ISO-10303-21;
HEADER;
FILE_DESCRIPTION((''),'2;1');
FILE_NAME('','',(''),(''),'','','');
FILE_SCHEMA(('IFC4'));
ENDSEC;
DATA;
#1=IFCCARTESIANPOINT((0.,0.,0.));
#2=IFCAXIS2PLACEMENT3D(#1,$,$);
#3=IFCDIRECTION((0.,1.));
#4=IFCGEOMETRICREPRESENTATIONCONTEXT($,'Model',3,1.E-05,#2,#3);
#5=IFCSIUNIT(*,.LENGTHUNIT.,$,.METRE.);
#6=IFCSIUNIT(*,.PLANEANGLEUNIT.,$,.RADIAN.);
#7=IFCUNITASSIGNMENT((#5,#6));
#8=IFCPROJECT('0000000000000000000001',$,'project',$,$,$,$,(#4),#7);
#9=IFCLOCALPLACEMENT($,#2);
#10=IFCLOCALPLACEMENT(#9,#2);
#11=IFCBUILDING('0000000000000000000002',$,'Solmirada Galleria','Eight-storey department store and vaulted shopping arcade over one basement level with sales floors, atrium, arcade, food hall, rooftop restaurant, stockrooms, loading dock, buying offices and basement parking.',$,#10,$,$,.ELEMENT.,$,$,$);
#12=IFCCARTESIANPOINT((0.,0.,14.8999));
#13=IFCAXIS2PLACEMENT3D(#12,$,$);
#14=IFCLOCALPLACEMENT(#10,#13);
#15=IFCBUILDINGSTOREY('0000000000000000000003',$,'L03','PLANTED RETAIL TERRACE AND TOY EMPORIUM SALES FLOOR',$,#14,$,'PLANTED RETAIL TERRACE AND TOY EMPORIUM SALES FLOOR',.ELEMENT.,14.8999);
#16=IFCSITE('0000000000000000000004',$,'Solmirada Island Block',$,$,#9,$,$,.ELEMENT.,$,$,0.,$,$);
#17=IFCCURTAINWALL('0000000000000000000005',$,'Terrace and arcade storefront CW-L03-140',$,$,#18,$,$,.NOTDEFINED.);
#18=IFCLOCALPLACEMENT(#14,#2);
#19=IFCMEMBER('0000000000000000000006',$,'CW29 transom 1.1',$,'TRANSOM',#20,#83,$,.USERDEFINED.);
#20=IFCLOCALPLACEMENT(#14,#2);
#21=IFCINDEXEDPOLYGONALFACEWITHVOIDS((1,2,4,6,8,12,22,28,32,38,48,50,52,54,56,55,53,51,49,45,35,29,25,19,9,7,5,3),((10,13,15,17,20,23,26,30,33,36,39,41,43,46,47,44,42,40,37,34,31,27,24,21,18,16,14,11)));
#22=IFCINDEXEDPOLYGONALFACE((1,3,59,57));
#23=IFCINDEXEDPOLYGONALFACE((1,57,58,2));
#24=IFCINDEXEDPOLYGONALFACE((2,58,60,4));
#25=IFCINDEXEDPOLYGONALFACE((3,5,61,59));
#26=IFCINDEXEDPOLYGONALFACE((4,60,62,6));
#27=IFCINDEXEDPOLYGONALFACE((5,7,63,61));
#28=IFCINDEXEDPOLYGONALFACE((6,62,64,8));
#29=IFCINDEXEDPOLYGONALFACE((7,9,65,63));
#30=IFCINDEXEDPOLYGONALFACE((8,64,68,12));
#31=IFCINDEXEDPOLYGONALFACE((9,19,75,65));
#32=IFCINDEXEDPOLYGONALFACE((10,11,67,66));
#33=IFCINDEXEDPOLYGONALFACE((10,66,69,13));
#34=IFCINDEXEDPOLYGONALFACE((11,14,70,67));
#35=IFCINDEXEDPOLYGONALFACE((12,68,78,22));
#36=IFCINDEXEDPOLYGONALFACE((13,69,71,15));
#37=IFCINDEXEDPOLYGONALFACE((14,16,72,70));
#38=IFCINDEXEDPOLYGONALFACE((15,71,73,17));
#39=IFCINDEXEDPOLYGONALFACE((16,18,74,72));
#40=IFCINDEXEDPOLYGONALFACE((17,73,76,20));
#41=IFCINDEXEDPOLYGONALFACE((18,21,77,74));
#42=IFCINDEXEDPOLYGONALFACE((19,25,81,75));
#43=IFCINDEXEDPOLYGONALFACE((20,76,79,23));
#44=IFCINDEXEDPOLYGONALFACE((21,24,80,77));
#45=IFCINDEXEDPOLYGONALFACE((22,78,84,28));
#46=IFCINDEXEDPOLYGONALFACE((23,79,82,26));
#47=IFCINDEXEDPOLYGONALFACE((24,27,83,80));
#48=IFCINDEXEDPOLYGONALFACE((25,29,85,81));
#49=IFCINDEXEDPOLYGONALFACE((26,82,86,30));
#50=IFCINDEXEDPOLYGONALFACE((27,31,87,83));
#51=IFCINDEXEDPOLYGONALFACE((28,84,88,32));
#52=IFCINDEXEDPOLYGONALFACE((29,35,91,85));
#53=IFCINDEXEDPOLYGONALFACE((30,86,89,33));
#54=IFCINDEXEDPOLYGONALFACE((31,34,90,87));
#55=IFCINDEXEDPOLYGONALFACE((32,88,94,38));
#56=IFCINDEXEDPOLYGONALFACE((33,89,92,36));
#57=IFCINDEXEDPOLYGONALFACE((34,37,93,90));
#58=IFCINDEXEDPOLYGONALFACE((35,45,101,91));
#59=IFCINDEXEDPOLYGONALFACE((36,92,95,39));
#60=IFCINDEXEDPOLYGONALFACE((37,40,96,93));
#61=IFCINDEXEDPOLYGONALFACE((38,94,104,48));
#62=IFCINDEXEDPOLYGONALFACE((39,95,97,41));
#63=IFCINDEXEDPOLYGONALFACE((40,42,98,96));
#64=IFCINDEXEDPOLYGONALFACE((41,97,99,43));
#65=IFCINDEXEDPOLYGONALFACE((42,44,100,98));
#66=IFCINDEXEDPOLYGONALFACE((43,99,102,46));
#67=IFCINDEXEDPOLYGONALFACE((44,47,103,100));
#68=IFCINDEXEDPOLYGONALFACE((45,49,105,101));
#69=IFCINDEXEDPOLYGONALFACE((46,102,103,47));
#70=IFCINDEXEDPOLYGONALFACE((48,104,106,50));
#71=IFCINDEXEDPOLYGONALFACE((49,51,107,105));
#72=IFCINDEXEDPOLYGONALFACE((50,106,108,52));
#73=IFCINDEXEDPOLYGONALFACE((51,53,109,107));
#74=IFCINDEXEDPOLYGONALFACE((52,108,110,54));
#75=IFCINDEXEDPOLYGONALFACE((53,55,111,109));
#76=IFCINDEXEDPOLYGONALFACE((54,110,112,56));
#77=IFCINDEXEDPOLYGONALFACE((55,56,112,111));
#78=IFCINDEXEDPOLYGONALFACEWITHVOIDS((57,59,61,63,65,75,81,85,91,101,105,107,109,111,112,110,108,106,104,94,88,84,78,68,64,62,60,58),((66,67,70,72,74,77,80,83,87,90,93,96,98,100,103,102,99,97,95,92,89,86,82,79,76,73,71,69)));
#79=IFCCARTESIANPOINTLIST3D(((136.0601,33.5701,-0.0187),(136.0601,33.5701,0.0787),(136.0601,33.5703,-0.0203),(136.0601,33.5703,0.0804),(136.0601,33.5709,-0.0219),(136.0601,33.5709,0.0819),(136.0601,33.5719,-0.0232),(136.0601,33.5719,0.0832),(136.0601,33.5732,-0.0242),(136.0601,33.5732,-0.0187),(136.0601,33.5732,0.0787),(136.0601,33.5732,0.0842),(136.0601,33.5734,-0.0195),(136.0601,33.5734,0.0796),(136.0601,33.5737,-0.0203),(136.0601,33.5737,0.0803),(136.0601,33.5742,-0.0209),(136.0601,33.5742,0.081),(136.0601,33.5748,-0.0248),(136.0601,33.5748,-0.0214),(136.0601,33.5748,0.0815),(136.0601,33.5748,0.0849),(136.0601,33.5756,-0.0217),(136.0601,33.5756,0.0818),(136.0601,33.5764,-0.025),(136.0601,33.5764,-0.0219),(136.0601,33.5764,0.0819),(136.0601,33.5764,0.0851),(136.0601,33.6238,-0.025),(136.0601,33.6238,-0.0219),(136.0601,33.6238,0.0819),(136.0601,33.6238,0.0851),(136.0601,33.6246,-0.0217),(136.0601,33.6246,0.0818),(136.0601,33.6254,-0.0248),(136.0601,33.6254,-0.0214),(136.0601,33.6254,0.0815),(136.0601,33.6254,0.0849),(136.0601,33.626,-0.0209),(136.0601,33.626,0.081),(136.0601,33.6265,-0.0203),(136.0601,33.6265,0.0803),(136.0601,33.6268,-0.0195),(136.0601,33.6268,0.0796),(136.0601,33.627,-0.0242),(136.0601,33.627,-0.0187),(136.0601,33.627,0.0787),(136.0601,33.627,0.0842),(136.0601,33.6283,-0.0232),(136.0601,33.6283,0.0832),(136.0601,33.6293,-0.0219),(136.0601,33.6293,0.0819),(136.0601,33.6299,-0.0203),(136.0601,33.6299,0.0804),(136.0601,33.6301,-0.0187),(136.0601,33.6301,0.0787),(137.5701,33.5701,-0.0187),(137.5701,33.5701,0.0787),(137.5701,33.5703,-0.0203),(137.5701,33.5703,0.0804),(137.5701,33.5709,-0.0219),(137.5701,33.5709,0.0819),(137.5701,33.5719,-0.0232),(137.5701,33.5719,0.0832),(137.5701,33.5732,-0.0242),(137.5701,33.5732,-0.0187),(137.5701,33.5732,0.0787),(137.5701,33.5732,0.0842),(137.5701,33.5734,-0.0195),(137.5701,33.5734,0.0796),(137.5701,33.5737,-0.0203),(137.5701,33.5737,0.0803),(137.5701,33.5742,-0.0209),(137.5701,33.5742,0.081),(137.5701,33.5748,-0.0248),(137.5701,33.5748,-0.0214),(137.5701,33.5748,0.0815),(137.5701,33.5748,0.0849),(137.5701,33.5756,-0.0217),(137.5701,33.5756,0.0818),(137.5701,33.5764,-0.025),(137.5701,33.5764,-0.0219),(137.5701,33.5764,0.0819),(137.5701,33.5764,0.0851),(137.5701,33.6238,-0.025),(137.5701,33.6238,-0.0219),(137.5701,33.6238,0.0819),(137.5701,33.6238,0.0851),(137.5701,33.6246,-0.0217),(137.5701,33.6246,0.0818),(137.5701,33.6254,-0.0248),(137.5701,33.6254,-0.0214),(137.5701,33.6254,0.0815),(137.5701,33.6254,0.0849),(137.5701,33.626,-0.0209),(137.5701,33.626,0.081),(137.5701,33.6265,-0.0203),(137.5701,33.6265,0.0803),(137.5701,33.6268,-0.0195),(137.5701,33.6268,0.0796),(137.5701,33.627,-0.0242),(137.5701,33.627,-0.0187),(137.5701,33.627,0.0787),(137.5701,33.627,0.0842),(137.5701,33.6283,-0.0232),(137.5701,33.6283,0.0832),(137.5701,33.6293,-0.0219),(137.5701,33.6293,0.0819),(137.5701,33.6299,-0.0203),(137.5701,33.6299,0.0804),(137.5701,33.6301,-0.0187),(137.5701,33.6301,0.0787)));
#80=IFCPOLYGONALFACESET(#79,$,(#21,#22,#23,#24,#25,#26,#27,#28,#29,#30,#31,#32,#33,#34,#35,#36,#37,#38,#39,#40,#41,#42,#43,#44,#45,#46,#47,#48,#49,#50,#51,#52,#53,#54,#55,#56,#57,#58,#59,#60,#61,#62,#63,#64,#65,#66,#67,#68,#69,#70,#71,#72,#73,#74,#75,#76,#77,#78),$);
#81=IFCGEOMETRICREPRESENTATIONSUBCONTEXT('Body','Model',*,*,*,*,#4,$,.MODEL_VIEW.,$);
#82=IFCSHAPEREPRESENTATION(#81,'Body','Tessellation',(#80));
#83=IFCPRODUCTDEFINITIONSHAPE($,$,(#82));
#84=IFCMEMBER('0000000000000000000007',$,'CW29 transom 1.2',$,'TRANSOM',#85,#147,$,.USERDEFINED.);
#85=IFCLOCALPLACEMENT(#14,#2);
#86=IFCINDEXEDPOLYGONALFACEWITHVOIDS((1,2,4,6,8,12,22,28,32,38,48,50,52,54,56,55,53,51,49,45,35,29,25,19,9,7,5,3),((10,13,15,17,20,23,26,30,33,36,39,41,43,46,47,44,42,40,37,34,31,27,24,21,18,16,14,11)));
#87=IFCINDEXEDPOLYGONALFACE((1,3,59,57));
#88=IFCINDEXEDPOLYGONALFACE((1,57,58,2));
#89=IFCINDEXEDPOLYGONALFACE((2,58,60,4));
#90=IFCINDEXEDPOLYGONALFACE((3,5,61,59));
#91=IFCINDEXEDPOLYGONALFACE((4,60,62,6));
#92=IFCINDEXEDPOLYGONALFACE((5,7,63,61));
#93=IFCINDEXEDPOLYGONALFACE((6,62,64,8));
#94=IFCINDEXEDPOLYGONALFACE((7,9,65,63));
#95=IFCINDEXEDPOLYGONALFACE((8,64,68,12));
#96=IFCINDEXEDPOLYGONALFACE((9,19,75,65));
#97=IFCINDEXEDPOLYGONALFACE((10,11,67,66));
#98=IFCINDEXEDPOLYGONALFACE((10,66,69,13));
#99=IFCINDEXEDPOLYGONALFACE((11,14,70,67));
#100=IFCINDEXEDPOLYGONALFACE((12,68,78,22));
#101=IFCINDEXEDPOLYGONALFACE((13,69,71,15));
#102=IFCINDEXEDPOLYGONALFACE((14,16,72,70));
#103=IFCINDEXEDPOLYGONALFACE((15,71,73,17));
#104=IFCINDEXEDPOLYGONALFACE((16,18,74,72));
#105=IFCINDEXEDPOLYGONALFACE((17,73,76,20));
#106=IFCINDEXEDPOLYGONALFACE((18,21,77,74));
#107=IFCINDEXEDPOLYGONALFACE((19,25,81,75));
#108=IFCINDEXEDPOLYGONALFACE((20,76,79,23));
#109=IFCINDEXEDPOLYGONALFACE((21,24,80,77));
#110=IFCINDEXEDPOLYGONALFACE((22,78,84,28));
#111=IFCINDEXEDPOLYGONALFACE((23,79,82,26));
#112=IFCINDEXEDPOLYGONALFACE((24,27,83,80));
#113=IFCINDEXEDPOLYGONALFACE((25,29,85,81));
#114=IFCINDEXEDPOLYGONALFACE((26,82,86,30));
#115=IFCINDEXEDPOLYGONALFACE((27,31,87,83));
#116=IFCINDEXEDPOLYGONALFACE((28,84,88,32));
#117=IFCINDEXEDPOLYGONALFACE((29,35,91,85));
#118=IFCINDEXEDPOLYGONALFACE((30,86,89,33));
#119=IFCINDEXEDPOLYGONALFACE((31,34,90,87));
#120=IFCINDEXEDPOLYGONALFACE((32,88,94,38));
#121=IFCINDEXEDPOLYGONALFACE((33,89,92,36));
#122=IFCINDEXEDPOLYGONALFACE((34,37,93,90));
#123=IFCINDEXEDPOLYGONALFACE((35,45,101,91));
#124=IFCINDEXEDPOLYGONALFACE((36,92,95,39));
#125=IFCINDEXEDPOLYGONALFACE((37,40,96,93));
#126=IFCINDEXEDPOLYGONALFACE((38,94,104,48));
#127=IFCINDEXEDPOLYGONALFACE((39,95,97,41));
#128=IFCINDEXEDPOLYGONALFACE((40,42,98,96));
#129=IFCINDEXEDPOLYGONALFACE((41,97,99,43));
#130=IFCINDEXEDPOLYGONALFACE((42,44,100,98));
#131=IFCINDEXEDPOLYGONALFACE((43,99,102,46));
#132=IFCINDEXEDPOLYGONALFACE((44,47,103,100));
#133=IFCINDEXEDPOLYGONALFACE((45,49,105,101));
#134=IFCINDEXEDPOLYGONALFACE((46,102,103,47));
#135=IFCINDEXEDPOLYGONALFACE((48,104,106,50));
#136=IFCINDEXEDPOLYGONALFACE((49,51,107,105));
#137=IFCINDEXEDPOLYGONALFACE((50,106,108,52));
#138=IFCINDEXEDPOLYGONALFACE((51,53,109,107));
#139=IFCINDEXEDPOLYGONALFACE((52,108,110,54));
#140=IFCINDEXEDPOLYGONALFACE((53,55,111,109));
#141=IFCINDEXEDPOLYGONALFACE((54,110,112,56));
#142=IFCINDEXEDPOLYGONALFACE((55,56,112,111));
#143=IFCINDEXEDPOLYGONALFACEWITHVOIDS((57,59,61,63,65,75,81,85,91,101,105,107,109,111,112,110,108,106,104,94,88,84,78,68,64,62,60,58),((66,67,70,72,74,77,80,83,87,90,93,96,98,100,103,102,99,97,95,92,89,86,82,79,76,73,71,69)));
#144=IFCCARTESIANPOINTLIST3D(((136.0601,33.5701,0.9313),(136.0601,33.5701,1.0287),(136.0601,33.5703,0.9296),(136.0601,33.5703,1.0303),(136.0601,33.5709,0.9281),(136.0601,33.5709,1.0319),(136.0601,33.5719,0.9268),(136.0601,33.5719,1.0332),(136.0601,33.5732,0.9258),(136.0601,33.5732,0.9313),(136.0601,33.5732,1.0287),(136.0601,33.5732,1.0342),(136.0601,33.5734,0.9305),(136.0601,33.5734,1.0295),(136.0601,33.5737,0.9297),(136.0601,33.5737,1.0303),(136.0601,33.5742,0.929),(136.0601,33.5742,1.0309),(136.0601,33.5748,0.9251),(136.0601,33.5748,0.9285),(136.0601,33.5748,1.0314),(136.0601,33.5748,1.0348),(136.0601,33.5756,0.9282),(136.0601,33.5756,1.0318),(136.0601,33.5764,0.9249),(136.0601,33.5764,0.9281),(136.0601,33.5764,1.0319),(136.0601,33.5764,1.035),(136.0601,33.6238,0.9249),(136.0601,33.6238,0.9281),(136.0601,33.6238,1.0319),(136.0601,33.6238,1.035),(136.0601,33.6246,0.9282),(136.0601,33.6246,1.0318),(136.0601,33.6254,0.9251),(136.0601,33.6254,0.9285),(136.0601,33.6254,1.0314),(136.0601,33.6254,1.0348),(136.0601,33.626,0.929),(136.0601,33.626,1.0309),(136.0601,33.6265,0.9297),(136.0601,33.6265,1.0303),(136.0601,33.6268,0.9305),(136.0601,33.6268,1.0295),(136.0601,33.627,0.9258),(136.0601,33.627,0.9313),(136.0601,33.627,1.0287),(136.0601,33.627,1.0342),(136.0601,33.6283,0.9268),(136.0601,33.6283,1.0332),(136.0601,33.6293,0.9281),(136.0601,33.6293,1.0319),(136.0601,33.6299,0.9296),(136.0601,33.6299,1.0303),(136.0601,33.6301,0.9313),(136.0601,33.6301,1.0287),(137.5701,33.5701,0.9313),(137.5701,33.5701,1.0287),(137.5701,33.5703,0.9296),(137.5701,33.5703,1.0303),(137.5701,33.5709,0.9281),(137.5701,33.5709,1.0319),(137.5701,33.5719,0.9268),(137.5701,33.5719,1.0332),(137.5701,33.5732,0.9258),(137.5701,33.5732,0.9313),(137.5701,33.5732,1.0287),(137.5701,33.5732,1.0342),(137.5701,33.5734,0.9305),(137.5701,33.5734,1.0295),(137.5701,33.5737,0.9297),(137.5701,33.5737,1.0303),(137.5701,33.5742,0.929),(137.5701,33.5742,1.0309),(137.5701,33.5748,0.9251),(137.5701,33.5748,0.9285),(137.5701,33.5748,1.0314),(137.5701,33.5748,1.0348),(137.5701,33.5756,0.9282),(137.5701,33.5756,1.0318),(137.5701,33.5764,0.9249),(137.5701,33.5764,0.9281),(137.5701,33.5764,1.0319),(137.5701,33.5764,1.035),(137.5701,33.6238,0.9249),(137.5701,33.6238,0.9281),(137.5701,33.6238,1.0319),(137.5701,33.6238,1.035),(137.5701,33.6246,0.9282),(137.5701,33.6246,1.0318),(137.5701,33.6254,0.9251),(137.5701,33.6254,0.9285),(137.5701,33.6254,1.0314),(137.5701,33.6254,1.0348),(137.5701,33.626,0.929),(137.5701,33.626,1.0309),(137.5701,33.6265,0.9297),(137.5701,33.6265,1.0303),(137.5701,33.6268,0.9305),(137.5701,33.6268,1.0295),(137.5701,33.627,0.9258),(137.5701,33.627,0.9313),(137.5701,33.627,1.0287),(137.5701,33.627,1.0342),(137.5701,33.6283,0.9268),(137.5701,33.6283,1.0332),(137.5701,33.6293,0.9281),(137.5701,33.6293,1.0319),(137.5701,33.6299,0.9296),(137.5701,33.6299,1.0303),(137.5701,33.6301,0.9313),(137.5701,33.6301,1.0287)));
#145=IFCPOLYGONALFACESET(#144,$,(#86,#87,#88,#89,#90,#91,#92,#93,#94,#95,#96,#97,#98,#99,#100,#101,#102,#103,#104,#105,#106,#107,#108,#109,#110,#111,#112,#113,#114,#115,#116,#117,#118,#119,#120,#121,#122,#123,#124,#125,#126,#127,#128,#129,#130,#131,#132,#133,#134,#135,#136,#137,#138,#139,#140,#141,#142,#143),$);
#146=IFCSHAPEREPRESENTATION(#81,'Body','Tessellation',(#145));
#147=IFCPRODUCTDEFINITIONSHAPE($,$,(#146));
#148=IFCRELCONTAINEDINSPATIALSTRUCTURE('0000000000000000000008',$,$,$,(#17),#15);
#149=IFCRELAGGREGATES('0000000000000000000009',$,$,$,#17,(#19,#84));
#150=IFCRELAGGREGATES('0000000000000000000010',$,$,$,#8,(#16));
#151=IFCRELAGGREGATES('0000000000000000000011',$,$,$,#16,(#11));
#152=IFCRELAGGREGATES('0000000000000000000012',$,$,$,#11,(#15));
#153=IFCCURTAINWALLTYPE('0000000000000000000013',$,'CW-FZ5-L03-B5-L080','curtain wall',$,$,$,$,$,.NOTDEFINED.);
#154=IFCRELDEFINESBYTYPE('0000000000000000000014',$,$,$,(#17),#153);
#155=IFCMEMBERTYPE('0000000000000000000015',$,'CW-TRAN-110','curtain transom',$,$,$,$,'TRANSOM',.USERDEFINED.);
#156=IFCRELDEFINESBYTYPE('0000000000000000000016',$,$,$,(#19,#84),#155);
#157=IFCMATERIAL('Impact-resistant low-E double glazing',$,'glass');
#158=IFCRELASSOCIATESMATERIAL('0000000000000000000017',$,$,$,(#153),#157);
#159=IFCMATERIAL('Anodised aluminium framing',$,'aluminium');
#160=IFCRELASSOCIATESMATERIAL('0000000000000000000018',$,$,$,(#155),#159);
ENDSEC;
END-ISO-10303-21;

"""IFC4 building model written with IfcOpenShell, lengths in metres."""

from ifc_helpers import new_model, si_unit, direction, frame, origin, origin_2d, place, context, subcontext, project, spatial, hollow_rectangle, extrude, material, material_profile, profile_set, type_object, element, aggregate, save


model = new_model("IFC4")

# Units and contexts
model_context = context("Model", 3, precision=1e-05, world=origin(), true_north=direction((0.0, 1.0)))
body_context = subcontext(model_context, "Body", "Model", "MODEL_VIEW")
ifc_project = project(units=[si_unit("LENGTHUNIT", "METRE"), si_unit("PLANEANGLEUNIT", "RADIAN")], contexts=[model_context])

# Site, building, storey
site_placement = place(None, origin())
site = spatial("IfcSite", under=ifc_project, at=site_placement, Name="Solmirada Island Block", CompositionType="ELEMENT", RefElevation=0.0)
building_placement = place(site_placement, origin())
building = spatial("IfcBuilding", under=site, at=building_placement, Name="Solmirada Galleria", Description="Eight-storey department store and vaulted shopping arcade over one basement level with sales floors, atrium, arcade, food hall, rooftop restaurant, stockrooms, loading dock, buying offices and basement parking.", CompositionType="ELEMENT")
storey_placement = place(building_placement, frame((0.0, 0.0, 14.8999)))
storey = spatial("IfcBuildingStorey", under=building, at=storey_placement, Name="L03", Description="PLANTED RETAIL TERRACE AND TOY EMPORIUM SALES FLOOR", LongName="PLANTED RETAIL TERRACE AND TOY EMPORIUM SALES FLOOR", CompositionType="ELEMENT", Elevation=14.8999)

# Curtain wall
ifc_material_1 = material(Name="Impact-resistant low-E double glazing", Category="glass")
curtain_wall_type = type_object("IfcCurtainWallType", Name="CW-FZ5-L03-B5-L080", Description="curtain wall", PredefinedType="NOTDEFINED", material=ifc_material_1)
ifc_material_2 = material(Name="Anodised aluminium framing", Category="aluminium")
curtain_wall_1_placement = place(storey_placement, origin())
curtain_wall_1 = element("IfcCurtainWall", 1, at=curtain_wall_1_placement, inside=storey, type_object=curtain_wall_type, Name="Terrace and arcade storefront CW-L03-140", PredefinedType="NOTDEFINED")

# Members
ifc_material_profile_1 = material_profile(ifc_material_2, hollow_rectangle(XDim=0.0601, YDim=0.1101, WallThickness=0.0032, InnerFilletRadius=0.0032, OuterFilletRadius=0.0063, at=origin_2d()), Name="ALU-TRAN-110X60")
ifc_profile_set_1 = profile_set([ifc_material_profile_1], Name="Anodised aluminium framing")
member_type_1 = type_object("IfcMemberType", Name="CW-TRAN-110", Description="curtain transom", ElementType="TRANSOM", PredefinedType="USERDEFINED", material=ifc_profile_set_1)
member_1_placement = place(storey_placement, frame((136.0601, 33.6001, 0.03), z_axis=(1.0, 0.0, 0.0), x_axis=(0.0, 1.0, 0.0)))
member_1 = element("IfcMember", 2, at=member_1_placement, type_object=member_type_1, Name="CW29 transom 1.1", ObjectType="TRANSOM", PredefinedType="USERDEFINED", context=body_context, shape_type="SweptSolid", body=[
    extrude(hollow_rectangle(XDim=0.0601, YDim=0.1101, WallThickness=0.0032, InnerFilletRadius=0.0032, OuterFilletRadius=0.0063, at=origin_2d()), origin(), (0.0, 0.0, 1.0), 1.51),
])
member_2_placement = place(storey_placement, frame((136.0601, 33.6001, 0.98), z_axis=(1.0, 0.0, 0.0), x_axis=(0.0, 1.0, 0.0)))
member_2 = element("IfcMember", 3, at=member_2_placement, type_object=member_type_1, Name="CW29 transom 1.2", ObjectType="TRANSOM", PredefinedType="USERDEFINED", context=body_context, shape_type="SweptSolid", body=[
    extrude(hollow_rectangle(XDim=0.0601, YDim=0.1101, WallThickness=0.0032, InnerFilletRadius=0.0032, OuterFilletRadius=0.0063, at=origin_2d()), origin(), (0.0, 0.0, 1.0), 1.51),
])

aggregate(curtain_wall_1, [member_1, member_2])

save(model, "model.ifc")
